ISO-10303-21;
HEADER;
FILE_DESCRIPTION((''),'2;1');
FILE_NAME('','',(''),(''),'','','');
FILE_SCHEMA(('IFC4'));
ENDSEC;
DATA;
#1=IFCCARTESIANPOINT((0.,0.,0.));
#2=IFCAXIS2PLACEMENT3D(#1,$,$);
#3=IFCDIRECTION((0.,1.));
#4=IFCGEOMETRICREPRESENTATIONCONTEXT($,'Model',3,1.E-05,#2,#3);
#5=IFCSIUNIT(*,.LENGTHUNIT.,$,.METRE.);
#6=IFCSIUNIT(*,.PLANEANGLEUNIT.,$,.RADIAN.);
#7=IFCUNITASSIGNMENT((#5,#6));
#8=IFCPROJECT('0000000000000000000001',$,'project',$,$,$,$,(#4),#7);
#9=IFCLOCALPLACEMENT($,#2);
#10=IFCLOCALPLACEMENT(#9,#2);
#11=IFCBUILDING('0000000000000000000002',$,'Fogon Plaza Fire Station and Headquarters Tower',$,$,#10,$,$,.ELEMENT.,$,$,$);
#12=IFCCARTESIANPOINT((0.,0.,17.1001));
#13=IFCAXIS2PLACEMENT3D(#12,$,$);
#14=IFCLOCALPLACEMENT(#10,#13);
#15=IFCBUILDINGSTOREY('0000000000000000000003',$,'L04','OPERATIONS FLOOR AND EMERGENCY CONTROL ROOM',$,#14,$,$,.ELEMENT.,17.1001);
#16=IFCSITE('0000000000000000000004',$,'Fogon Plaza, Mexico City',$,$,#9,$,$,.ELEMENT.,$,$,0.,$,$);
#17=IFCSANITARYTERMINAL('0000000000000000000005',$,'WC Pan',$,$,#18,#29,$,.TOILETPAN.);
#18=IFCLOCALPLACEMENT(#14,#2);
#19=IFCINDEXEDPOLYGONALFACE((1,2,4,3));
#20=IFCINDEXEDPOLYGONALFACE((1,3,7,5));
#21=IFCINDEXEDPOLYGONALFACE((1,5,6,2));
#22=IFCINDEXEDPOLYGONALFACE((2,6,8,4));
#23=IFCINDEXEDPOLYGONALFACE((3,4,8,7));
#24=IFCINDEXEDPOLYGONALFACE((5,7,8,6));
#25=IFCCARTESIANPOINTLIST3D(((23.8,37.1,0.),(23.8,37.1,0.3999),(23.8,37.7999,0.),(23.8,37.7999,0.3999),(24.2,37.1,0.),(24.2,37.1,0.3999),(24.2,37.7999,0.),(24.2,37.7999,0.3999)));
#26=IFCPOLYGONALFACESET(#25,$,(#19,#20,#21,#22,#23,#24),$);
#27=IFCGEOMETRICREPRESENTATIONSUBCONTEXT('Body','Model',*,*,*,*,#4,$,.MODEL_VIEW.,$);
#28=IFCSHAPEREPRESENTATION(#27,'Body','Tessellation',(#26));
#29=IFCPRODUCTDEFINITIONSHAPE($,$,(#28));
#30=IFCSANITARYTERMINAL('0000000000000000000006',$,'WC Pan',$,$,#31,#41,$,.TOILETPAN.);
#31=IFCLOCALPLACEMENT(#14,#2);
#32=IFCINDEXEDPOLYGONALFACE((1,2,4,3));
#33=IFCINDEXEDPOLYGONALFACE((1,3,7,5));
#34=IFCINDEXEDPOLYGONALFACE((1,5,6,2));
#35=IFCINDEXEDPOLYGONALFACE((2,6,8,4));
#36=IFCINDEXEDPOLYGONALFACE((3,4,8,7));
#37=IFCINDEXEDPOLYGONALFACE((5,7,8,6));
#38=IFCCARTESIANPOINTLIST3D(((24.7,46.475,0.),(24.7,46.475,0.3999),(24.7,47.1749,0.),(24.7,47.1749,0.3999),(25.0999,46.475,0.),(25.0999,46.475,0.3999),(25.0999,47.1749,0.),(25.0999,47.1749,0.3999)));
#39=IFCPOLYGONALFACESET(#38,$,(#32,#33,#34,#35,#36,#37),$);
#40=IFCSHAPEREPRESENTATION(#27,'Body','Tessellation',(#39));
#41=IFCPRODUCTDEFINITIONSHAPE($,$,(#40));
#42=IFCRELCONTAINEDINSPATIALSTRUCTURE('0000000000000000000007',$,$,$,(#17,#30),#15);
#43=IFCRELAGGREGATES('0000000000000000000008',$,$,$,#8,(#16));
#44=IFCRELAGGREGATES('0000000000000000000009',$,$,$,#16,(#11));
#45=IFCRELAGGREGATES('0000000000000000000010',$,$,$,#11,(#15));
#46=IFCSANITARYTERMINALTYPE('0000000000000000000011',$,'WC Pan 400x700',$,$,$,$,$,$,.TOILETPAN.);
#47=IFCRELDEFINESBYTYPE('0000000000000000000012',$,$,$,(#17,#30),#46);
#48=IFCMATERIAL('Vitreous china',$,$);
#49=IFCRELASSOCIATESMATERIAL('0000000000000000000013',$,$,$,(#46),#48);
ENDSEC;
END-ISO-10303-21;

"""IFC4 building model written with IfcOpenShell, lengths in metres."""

from ifc_helpers import new_model, si_unit, direction, frame, origin, origin_2d, place, context, subcontext, project, spatial, rectangle, extrude, material, type_object, element, save


model = new_model("IFC4")

# Units and contexts
model_context = context("Model", 3, precision=1e-05, world=origin(), true_north=direction((0.0, 1.0)))
body_context = subcontext(model_context, "Body", "Model", "MODEL_VIEW")
ifc_project = project(units=[si_unit("LENGTHUNIT", "METRE"), si_unit("PLANEANGLEUNIT", "RADIAN")], contexts=[model_context])

# Site, building, storey
site_placement = place(None, origin())
site = spatial("IfcSite", under=ifc_project, at=site_placement, Name="Fogon Plaza, Mexico City", CompositionType="ELEMENT", RefElevation=0.0)
building_placement = place(site_placement, origin())
building = spatial("IfcBuilding", under=site, at=building_placement, Name="Fogon Plaza Fire Station and Headquarters Tower", CompositionType="ELEMENT")
storey_placement = place(building_placement, frame((0.0, 0.0, 17.1001)))
storey = spatial("IfcBuildingStorey", under=building, at=storey_placement, Name="L04", Description="OPERATIONS FLOOR AND EMERGENCY CONTROL ROOM", CompositionType="ELEMENT", Elevation=17.1001)

# Sanitary terminals
ifc_material_1 = material(Name="Vitreous china")
sanitary_terminal_type_1 = type_object("IfcSanitaryTerminalType", Name="WC Pan 400x700", PredefinedType="TOILETPAN", material=ifc_material_1)
for number, where, z_axis, x_axis, name in (
    (1, (24.0, 37.45, 0.0), (0.0, 0.0, 1.0), (1.0, 0.0, 0.0), "WC Pan"),
    (2, (24.8999, 46.825, 0.0), (0.0, 0.0, 1.0), (1.0, 0.0, 0.0), "WC Pan"),
):
    element("IfcSanitaryTerminal", number, at=place(storey_placement, frame(where, z_axis=z_axis, x_axis=x_axis)), inside=storey, type_object=sanitary_terminal_type_1, Name=name, PredefinedType="TOILETPAN", context=body_context, shape_type="SweptSolid", body=[
        extrude(rectangle(XDim=0.3999, YDim=0.7, at=origin_2d()), origin(), (0.0, 0.0, 1.0), 0.3999),
    ])

save(model, "model.ifc")
